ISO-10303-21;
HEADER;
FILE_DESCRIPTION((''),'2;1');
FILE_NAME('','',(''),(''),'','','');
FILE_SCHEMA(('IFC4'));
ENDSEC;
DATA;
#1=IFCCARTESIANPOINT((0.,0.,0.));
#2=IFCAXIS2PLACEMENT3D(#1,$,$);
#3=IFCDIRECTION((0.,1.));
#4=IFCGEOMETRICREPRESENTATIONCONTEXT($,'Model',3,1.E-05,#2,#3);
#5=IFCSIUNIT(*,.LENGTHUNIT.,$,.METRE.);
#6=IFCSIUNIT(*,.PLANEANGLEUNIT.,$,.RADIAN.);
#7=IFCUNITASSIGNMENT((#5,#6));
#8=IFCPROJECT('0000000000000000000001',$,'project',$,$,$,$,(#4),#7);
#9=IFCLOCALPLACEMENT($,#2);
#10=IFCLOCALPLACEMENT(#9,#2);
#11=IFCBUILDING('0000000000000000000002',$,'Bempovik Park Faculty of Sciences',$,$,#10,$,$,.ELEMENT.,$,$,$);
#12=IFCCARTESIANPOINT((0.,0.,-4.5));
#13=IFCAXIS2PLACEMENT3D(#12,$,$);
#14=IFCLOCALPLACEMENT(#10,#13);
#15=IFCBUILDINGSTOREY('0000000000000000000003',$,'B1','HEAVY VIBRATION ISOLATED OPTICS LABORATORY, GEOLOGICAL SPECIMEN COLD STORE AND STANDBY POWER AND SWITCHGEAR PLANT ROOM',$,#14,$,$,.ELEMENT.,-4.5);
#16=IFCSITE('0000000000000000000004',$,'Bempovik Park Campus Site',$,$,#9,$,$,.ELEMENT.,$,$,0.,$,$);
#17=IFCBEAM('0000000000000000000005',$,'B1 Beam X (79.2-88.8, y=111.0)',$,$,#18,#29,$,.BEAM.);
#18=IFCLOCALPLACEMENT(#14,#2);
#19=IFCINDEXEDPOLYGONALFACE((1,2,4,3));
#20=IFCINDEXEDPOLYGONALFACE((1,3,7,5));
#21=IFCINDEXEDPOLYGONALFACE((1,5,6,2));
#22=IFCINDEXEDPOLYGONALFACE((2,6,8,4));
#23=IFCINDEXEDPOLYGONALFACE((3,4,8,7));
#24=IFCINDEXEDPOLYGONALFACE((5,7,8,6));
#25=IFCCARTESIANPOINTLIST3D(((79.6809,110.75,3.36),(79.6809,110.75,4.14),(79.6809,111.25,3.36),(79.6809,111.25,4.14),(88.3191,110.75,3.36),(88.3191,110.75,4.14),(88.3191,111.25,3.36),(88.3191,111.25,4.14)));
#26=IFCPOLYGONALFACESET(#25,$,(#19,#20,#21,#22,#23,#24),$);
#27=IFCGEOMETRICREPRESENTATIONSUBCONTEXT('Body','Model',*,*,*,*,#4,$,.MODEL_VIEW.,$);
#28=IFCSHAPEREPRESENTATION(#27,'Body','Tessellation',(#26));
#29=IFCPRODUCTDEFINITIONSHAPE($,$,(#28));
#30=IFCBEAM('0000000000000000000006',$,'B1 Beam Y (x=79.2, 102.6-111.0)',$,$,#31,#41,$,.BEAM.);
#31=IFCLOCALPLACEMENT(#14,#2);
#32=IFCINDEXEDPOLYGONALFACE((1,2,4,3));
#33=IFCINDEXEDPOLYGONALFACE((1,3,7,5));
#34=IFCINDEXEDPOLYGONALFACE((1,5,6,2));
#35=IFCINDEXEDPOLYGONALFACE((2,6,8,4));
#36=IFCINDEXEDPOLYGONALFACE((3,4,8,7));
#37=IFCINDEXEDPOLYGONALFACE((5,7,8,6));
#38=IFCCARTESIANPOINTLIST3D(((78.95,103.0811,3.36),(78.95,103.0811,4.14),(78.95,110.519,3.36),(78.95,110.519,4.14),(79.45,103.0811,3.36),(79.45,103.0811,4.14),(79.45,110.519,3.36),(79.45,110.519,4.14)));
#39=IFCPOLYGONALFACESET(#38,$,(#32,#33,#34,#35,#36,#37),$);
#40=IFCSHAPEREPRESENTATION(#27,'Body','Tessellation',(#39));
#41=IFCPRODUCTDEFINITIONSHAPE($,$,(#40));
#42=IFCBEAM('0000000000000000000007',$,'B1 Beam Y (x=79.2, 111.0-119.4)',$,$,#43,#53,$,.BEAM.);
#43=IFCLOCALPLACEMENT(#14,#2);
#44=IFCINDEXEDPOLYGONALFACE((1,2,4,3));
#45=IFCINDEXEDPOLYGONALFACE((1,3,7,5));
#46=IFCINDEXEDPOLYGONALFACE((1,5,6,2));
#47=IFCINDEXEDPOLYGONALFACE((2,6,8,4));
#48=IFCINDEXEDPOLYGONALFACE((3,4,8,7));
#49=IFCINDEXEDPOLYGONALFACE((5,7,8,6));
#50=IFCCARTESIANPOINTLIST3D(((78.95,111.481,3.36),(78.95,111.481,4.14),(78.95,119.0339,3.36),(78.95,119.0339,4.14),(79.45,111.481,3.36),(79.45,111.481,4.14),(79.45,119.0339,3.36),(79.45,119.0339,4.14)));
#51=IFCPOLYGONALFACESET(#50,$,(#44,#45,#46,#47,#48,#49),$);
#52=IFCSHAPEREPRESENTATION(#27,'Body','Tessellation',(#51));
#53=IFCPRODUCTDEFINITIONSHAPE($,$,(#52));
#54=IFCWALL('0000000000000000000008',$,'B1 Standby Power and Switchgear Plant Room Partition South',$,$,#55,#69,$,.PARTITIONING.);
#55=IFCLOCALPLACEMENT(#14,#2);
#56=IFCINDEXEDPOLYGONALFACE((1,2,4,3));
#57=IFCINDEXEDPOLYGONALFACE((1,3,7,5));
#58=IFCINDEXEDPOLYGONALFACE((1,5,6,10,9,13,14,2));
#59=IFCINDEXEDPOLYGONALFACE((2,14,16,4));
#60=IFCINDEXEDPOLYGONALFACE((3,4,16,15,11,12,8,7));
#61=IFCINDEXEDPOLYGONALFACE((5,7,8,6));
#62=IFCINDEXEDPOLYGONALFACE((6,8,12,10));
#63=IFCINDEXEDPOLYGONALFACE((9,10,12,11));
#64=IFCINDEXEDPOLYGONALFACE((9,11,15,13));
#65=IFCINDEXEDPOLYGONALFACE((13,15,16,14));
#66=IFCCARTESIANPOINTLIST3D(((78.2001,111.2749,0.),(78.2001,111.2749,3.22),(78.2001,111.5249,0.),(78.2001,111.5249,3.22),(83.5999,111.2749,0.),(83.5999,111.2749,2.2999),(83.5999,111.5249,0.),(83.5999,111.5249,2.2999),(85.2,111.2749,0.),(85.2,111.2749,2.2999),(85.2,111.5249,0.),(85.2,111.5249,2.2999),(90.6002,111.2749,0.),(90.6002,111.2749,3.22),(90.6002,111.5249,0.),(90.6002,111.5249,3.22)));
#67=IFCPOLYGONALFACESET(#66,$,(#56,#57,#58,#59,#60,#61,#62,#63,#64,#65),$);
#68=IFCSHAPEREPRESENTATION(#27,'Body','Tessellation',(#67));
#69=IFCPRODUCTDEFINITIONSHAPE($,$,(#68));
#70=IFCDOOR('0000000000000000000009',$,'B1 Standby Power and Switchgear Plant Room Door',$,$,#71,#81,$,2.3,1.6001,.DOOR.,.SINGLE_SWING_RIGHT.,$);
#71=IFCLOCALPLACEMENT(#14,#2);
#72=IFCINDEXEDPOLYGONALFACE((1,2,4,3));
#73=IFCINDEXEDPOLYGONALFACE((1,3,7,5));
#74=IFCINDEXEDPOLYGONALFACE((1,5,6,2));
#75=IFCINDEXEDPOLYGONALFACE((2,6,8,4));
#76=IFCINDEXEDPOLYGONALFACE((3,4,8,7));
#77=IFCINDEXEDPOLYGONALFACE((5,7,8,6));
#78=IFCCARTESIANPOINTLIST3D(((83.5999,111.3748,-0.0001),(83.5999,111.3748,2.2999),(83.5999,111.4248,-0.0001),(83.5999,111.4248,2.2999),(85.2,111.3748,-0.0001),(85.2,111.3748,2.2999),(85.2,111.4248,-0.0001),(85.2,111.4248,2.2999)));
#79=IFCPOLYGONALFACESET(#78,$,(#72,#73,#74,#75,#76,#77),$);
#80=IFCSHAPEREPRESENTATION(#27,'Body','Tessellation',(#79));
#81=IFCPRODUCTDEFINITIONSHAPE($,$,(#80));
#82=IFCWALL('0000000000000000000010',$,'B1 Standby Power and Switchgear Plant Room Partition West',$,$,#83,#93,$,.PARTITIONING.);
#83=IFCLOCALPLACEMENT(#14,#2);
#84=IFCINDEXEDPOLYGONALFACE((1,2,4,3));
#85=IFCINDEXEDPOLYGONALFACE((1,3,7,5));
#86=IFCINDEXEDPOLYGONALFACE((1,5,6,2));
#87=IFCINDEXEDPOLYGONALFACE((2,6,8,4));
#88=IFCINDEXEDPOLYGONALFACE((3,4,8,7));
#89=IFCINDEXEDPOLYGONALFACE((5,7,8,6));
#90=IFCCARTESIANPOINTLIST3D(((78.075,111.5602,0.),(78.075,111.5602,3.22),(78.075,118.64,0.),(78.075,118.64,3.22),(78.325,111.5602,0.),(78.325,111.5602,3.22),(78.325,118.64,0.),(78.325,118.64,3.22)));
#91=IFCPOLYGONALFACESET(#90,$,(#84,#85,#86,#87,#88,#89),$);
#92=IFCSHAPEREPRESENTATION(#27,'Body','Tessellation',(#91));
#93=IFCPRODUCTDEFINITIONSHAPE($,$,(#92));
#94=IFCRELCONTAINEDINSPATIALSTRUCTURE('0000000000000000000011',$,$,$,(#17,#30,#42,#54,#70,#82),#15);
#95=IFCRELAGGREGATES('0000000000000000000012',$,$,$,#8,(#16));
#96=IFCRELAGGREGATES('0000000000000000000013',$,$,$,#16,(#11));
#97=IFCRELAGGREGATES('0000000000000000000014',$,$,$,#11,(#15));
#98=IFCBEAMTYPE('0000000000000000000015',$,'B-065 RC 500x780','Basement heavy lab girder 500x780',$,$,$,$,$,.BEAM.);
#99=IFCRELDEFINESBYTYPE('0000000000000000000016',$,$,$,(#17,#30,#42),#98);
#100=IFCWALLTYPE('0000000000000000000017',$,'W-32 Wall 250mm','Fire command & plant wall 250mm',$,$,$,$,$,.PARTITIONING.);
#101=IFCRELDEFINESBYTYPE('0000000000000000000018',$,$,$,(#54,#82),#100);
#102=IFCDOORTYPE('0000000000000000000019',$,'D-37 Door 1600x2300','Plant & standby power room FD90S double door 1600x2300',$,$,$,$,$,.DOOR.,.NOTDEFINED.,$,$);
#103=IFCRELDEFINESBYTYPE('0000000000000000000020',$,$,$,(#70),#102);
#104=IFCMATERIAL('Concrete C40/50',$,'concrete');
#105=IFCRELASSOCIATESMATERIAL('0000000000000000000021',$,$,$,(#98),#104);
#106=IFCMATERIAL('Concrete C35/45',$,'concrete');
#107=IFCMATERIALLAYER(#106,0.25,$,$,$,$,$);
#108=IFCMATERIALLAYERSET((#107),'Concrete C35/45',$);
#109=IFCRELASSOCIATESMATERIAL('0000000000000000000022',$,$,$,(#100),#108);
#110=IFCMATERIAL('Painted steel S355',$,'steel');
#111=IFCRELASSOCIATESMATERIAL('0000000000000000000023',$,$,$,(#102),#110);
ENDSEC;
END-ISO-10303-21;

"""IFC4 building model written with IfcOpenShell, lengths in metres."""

from ifc_helpers import new_model, si_unit, direction, frame, frame_2d, origin, origin_2d, place, context, subcontext, project, spatial, rectangle, extrude, material, layer, layer_set, material_profile, profile_set, type_object, element, fill, save


model = new_model("IFC4")

# Units and contexts
model_context = context("Model", 3, precision=1e-05, world=origin(), true_north=direction((0.0, 1.0)))
body_context = subcontext(model_context, "Body", "Model", "MODEL_VIEW")
ifc_project = project(units=[si_unit("LENGTHUNIT", "METRE"), si_unit("PLANEANGLEUNIT", "RADIAN")], contexts=[model_context])

# Site, building, storey
site_placement = place(None, origin())
site = spatial("IfcSite", under=ifc_project, at=site_placement, Name="Bempovik Park Campus Site", CompositionType="ELEMENT", RefElevation=0.0)
building_placement = place(site_placement, origin())
building = spatial("IfcBuilding", under=site, at=building_placement, Name="Bempovik Park Faculty of Sciences", CompositionType="ELEMENT")
storey_placement = place(building_placement, frame((0.0, 0.0, -4.5)))
storey = spatial("IfcBuildingStorey", under=building, at=storey_placement, Name="B1", Description="HEAVY VIBRATION ISOLATED OPTICS LABORATORY, GEOLOGICAL SPECIMEN COLD STORE AND STANDBY POWER AND SWITCHGEAR PLANT ROOM", CompositionType="ELEMENT", Elevation=-4.5)

# Shared definitions
ifc_material_1 = material(Name="Concrete C35/45", Category="concrete")

# Shared definitions
ifc_material_2 = material(Name="Concrete C40/50", Category="concrete")

# Beams
ifc_material_profile_1 = material_profile(ifc_material_2, rectangle(XDim=0.5, YDim=0.78, at=origin_2d()), Name="RC 500x780")
ifc_profile_set_1 = profile_set([ifc_material_profile_1], Name="Concrete C40/50")
beam_type_1 = type_object("IfcBeamType", Name="B-065 RC 500x780", Description="Basement heavy lab girder 500x780", PredefinedType="BEAM", material=ifc_profile_set_1)
for number, where, z_axis, x_axis, name in (
    (1, (79.6809, 111.0, 3.75), (1.0, 0.0, 0.0), (0.0, 1.0, 0.0), "B1 Beam X (79.2-88.8, y=111.0)"),
):
    element("IfcBeam", number, at=place(storey_placement, frame(where, z_axis=z_axis, x_axis=x_axis)), inside=storey, type_object=beam_type_1, Name=name, PredefinedType="BEAM", context=body_context, shape_type="SweptSolid", body=[
        extrude(rectangle(XDim=0.5, YDim=0.78, at=origin_2d()), origin(), (0.0, 0.0, 1.0), 8.6382),
    ])
beam_1_placement = place(storey_placement, frame((79.2, 103.0811, 3.75), z_axis=(0.0, 1.0, 0.0), x_axis=(-1.0, 0.0, 0.0)))
element("IfcBeam", 2, at=beam_1_placement, inside=storey, type_object=beam_type_1, Name="B1 Beam Y (x=79.2, 102.6-111.0)", PredefinedType="BEAM", context=body_context, shape_type="SweptSolid", body=[
    extrude(rectangle(XDim=0.5, YDim=0.78, at=origin_2d()), origin(), (0.0, 0.0, 1.0), 7.438),
])
beam_2_placement = place(storey_placement, frame((79.2, 111.481, 3.75), z_axis=(0.0, 1.0, 0.0), x_axis=(-1.0, 0.0, 0.0)))
element("IfcBeam", 3, at=beam_2_placement, inside=storey, type_object=beam_type_1, Name="B1 Beam Y (x=79.2, 111.0-119.4)", PredefinedType="BEAM", context=body_context, shape_type="SweptSolid", body=[
    extrude(rectangle(XDim=0.5, YDim=0.78, at=origin_2d()), origin(), (0.0, 0.0, 1.0), 7.553),
])

# Wall, opening, door
ifc_layer = layer(ifc_material_1, 0.25)
ifc_layer_set = layer_set([ifc_layer], Name="Concrete C35/45")
wall_type = type_object("IfcWallType", Name="W-32 Wall 250mm", Description="Fire command & plant wall 250mm", PredefinedType="PARTITIONING", material=ifc_layer_set)
wall_1_placement = place(storey_placement, frame((78.2, 111.3999, 0.0), z_axis=(0.0, 0.0, 1.0), x_axis=(1.0, 0.0, 0.0)))
wall_1 = element("IfcWall", 4, at=wall_1_placement, inside=storey, type_object=wall_type, Name="B1 Standby Power and Switchgear Plant Room Partition South", PredefinedType="PARTITIONING", context=body_context, shape_type="SweptSolid", body=[
    extrude(rectangle(XDim=12.4001, YDim=0.25, at=frame_2d((6.2002, 0.0))), origin(), (0.0, 0.0, 1.0), 3.22),
])
opening_placement = place(wall_1_placement, frame((5.3999, 0.0, 0.0)))
opening = element("IfcOpeningElement", 5, at=opening_placement, cuts=wall_1, PredefinedType="OPENING", context=body_context, shape_type="SweptSolid", body=[
    extrude(rectangle(XDim=1.6001, YDim=2.3, at=frame_2d((0.8, 1.1499))), frame((0.0, 0.135, 0.0), z_axis=(0.0, -1.0, 0.0), x_axis=(1.0, 0.0, 0.0)), (0.0, 0.0, 1.0), 0.27),
])
ifc_material_3 = material(Name="Painted steel S355", Category="steel")
door_type = type_object("IfcDoorType", Name="D-37 Door 1600x2300", Description="Plant & standby power room FD90S double door 1600x2300", OperationType="NOTDEFINED", PredefinedType="DOOR", material=ifc_material_3)
door_placement = place(opening_placement, origin())
door = element("IfcDoor", 6, at=door_placement, inside=storey, type_object=door_type, Name="B1 Standby Power and Switchgear Plant Room Door", OperationType="SINGLE_SWING_RIGHT", OverallHeight=2.3, OverallWidth=1.6001, PredefinedType="DOOR", context=body_context, shape_type="SweptSolid", body=[
    extrude(rectangle(XDim=1.6001, YDim=2.3, at=frame_2d((0.8, 1.1499))), frame((0.0, 0.0249, 0.0), z_axis=(0.0, -1.0, 0.0), x_axis=(1.0, 0.0, 0.0)), (0.0, 0.0, 1.0), 0.05),
])
fill(opening, door)

# Wall
wall_2_placement = place(storey_placement, frame((78.2, 111.5601, 0.0), z_axis=(0.0, 0.0, 1.0), x_axis=(0.0, 1.0, 0.0)))
element("IfcWall", 7, at=wall_2_placement, inside=storey, type_object=wall_type, Name="B1 Standby Power and Switchgear Plant Room Partition West", PredefinedType="PARTITIONING", context=body_context, shape_type="SweptSolid", body=[
    extrude(rectangle(XDim=7.0798, YDim=0.25, at=frame_2d((3.54, 0.0))), origin(), (0.0, 0.0, 1.0), 3.22),
])

save(model, "model.ifc")
